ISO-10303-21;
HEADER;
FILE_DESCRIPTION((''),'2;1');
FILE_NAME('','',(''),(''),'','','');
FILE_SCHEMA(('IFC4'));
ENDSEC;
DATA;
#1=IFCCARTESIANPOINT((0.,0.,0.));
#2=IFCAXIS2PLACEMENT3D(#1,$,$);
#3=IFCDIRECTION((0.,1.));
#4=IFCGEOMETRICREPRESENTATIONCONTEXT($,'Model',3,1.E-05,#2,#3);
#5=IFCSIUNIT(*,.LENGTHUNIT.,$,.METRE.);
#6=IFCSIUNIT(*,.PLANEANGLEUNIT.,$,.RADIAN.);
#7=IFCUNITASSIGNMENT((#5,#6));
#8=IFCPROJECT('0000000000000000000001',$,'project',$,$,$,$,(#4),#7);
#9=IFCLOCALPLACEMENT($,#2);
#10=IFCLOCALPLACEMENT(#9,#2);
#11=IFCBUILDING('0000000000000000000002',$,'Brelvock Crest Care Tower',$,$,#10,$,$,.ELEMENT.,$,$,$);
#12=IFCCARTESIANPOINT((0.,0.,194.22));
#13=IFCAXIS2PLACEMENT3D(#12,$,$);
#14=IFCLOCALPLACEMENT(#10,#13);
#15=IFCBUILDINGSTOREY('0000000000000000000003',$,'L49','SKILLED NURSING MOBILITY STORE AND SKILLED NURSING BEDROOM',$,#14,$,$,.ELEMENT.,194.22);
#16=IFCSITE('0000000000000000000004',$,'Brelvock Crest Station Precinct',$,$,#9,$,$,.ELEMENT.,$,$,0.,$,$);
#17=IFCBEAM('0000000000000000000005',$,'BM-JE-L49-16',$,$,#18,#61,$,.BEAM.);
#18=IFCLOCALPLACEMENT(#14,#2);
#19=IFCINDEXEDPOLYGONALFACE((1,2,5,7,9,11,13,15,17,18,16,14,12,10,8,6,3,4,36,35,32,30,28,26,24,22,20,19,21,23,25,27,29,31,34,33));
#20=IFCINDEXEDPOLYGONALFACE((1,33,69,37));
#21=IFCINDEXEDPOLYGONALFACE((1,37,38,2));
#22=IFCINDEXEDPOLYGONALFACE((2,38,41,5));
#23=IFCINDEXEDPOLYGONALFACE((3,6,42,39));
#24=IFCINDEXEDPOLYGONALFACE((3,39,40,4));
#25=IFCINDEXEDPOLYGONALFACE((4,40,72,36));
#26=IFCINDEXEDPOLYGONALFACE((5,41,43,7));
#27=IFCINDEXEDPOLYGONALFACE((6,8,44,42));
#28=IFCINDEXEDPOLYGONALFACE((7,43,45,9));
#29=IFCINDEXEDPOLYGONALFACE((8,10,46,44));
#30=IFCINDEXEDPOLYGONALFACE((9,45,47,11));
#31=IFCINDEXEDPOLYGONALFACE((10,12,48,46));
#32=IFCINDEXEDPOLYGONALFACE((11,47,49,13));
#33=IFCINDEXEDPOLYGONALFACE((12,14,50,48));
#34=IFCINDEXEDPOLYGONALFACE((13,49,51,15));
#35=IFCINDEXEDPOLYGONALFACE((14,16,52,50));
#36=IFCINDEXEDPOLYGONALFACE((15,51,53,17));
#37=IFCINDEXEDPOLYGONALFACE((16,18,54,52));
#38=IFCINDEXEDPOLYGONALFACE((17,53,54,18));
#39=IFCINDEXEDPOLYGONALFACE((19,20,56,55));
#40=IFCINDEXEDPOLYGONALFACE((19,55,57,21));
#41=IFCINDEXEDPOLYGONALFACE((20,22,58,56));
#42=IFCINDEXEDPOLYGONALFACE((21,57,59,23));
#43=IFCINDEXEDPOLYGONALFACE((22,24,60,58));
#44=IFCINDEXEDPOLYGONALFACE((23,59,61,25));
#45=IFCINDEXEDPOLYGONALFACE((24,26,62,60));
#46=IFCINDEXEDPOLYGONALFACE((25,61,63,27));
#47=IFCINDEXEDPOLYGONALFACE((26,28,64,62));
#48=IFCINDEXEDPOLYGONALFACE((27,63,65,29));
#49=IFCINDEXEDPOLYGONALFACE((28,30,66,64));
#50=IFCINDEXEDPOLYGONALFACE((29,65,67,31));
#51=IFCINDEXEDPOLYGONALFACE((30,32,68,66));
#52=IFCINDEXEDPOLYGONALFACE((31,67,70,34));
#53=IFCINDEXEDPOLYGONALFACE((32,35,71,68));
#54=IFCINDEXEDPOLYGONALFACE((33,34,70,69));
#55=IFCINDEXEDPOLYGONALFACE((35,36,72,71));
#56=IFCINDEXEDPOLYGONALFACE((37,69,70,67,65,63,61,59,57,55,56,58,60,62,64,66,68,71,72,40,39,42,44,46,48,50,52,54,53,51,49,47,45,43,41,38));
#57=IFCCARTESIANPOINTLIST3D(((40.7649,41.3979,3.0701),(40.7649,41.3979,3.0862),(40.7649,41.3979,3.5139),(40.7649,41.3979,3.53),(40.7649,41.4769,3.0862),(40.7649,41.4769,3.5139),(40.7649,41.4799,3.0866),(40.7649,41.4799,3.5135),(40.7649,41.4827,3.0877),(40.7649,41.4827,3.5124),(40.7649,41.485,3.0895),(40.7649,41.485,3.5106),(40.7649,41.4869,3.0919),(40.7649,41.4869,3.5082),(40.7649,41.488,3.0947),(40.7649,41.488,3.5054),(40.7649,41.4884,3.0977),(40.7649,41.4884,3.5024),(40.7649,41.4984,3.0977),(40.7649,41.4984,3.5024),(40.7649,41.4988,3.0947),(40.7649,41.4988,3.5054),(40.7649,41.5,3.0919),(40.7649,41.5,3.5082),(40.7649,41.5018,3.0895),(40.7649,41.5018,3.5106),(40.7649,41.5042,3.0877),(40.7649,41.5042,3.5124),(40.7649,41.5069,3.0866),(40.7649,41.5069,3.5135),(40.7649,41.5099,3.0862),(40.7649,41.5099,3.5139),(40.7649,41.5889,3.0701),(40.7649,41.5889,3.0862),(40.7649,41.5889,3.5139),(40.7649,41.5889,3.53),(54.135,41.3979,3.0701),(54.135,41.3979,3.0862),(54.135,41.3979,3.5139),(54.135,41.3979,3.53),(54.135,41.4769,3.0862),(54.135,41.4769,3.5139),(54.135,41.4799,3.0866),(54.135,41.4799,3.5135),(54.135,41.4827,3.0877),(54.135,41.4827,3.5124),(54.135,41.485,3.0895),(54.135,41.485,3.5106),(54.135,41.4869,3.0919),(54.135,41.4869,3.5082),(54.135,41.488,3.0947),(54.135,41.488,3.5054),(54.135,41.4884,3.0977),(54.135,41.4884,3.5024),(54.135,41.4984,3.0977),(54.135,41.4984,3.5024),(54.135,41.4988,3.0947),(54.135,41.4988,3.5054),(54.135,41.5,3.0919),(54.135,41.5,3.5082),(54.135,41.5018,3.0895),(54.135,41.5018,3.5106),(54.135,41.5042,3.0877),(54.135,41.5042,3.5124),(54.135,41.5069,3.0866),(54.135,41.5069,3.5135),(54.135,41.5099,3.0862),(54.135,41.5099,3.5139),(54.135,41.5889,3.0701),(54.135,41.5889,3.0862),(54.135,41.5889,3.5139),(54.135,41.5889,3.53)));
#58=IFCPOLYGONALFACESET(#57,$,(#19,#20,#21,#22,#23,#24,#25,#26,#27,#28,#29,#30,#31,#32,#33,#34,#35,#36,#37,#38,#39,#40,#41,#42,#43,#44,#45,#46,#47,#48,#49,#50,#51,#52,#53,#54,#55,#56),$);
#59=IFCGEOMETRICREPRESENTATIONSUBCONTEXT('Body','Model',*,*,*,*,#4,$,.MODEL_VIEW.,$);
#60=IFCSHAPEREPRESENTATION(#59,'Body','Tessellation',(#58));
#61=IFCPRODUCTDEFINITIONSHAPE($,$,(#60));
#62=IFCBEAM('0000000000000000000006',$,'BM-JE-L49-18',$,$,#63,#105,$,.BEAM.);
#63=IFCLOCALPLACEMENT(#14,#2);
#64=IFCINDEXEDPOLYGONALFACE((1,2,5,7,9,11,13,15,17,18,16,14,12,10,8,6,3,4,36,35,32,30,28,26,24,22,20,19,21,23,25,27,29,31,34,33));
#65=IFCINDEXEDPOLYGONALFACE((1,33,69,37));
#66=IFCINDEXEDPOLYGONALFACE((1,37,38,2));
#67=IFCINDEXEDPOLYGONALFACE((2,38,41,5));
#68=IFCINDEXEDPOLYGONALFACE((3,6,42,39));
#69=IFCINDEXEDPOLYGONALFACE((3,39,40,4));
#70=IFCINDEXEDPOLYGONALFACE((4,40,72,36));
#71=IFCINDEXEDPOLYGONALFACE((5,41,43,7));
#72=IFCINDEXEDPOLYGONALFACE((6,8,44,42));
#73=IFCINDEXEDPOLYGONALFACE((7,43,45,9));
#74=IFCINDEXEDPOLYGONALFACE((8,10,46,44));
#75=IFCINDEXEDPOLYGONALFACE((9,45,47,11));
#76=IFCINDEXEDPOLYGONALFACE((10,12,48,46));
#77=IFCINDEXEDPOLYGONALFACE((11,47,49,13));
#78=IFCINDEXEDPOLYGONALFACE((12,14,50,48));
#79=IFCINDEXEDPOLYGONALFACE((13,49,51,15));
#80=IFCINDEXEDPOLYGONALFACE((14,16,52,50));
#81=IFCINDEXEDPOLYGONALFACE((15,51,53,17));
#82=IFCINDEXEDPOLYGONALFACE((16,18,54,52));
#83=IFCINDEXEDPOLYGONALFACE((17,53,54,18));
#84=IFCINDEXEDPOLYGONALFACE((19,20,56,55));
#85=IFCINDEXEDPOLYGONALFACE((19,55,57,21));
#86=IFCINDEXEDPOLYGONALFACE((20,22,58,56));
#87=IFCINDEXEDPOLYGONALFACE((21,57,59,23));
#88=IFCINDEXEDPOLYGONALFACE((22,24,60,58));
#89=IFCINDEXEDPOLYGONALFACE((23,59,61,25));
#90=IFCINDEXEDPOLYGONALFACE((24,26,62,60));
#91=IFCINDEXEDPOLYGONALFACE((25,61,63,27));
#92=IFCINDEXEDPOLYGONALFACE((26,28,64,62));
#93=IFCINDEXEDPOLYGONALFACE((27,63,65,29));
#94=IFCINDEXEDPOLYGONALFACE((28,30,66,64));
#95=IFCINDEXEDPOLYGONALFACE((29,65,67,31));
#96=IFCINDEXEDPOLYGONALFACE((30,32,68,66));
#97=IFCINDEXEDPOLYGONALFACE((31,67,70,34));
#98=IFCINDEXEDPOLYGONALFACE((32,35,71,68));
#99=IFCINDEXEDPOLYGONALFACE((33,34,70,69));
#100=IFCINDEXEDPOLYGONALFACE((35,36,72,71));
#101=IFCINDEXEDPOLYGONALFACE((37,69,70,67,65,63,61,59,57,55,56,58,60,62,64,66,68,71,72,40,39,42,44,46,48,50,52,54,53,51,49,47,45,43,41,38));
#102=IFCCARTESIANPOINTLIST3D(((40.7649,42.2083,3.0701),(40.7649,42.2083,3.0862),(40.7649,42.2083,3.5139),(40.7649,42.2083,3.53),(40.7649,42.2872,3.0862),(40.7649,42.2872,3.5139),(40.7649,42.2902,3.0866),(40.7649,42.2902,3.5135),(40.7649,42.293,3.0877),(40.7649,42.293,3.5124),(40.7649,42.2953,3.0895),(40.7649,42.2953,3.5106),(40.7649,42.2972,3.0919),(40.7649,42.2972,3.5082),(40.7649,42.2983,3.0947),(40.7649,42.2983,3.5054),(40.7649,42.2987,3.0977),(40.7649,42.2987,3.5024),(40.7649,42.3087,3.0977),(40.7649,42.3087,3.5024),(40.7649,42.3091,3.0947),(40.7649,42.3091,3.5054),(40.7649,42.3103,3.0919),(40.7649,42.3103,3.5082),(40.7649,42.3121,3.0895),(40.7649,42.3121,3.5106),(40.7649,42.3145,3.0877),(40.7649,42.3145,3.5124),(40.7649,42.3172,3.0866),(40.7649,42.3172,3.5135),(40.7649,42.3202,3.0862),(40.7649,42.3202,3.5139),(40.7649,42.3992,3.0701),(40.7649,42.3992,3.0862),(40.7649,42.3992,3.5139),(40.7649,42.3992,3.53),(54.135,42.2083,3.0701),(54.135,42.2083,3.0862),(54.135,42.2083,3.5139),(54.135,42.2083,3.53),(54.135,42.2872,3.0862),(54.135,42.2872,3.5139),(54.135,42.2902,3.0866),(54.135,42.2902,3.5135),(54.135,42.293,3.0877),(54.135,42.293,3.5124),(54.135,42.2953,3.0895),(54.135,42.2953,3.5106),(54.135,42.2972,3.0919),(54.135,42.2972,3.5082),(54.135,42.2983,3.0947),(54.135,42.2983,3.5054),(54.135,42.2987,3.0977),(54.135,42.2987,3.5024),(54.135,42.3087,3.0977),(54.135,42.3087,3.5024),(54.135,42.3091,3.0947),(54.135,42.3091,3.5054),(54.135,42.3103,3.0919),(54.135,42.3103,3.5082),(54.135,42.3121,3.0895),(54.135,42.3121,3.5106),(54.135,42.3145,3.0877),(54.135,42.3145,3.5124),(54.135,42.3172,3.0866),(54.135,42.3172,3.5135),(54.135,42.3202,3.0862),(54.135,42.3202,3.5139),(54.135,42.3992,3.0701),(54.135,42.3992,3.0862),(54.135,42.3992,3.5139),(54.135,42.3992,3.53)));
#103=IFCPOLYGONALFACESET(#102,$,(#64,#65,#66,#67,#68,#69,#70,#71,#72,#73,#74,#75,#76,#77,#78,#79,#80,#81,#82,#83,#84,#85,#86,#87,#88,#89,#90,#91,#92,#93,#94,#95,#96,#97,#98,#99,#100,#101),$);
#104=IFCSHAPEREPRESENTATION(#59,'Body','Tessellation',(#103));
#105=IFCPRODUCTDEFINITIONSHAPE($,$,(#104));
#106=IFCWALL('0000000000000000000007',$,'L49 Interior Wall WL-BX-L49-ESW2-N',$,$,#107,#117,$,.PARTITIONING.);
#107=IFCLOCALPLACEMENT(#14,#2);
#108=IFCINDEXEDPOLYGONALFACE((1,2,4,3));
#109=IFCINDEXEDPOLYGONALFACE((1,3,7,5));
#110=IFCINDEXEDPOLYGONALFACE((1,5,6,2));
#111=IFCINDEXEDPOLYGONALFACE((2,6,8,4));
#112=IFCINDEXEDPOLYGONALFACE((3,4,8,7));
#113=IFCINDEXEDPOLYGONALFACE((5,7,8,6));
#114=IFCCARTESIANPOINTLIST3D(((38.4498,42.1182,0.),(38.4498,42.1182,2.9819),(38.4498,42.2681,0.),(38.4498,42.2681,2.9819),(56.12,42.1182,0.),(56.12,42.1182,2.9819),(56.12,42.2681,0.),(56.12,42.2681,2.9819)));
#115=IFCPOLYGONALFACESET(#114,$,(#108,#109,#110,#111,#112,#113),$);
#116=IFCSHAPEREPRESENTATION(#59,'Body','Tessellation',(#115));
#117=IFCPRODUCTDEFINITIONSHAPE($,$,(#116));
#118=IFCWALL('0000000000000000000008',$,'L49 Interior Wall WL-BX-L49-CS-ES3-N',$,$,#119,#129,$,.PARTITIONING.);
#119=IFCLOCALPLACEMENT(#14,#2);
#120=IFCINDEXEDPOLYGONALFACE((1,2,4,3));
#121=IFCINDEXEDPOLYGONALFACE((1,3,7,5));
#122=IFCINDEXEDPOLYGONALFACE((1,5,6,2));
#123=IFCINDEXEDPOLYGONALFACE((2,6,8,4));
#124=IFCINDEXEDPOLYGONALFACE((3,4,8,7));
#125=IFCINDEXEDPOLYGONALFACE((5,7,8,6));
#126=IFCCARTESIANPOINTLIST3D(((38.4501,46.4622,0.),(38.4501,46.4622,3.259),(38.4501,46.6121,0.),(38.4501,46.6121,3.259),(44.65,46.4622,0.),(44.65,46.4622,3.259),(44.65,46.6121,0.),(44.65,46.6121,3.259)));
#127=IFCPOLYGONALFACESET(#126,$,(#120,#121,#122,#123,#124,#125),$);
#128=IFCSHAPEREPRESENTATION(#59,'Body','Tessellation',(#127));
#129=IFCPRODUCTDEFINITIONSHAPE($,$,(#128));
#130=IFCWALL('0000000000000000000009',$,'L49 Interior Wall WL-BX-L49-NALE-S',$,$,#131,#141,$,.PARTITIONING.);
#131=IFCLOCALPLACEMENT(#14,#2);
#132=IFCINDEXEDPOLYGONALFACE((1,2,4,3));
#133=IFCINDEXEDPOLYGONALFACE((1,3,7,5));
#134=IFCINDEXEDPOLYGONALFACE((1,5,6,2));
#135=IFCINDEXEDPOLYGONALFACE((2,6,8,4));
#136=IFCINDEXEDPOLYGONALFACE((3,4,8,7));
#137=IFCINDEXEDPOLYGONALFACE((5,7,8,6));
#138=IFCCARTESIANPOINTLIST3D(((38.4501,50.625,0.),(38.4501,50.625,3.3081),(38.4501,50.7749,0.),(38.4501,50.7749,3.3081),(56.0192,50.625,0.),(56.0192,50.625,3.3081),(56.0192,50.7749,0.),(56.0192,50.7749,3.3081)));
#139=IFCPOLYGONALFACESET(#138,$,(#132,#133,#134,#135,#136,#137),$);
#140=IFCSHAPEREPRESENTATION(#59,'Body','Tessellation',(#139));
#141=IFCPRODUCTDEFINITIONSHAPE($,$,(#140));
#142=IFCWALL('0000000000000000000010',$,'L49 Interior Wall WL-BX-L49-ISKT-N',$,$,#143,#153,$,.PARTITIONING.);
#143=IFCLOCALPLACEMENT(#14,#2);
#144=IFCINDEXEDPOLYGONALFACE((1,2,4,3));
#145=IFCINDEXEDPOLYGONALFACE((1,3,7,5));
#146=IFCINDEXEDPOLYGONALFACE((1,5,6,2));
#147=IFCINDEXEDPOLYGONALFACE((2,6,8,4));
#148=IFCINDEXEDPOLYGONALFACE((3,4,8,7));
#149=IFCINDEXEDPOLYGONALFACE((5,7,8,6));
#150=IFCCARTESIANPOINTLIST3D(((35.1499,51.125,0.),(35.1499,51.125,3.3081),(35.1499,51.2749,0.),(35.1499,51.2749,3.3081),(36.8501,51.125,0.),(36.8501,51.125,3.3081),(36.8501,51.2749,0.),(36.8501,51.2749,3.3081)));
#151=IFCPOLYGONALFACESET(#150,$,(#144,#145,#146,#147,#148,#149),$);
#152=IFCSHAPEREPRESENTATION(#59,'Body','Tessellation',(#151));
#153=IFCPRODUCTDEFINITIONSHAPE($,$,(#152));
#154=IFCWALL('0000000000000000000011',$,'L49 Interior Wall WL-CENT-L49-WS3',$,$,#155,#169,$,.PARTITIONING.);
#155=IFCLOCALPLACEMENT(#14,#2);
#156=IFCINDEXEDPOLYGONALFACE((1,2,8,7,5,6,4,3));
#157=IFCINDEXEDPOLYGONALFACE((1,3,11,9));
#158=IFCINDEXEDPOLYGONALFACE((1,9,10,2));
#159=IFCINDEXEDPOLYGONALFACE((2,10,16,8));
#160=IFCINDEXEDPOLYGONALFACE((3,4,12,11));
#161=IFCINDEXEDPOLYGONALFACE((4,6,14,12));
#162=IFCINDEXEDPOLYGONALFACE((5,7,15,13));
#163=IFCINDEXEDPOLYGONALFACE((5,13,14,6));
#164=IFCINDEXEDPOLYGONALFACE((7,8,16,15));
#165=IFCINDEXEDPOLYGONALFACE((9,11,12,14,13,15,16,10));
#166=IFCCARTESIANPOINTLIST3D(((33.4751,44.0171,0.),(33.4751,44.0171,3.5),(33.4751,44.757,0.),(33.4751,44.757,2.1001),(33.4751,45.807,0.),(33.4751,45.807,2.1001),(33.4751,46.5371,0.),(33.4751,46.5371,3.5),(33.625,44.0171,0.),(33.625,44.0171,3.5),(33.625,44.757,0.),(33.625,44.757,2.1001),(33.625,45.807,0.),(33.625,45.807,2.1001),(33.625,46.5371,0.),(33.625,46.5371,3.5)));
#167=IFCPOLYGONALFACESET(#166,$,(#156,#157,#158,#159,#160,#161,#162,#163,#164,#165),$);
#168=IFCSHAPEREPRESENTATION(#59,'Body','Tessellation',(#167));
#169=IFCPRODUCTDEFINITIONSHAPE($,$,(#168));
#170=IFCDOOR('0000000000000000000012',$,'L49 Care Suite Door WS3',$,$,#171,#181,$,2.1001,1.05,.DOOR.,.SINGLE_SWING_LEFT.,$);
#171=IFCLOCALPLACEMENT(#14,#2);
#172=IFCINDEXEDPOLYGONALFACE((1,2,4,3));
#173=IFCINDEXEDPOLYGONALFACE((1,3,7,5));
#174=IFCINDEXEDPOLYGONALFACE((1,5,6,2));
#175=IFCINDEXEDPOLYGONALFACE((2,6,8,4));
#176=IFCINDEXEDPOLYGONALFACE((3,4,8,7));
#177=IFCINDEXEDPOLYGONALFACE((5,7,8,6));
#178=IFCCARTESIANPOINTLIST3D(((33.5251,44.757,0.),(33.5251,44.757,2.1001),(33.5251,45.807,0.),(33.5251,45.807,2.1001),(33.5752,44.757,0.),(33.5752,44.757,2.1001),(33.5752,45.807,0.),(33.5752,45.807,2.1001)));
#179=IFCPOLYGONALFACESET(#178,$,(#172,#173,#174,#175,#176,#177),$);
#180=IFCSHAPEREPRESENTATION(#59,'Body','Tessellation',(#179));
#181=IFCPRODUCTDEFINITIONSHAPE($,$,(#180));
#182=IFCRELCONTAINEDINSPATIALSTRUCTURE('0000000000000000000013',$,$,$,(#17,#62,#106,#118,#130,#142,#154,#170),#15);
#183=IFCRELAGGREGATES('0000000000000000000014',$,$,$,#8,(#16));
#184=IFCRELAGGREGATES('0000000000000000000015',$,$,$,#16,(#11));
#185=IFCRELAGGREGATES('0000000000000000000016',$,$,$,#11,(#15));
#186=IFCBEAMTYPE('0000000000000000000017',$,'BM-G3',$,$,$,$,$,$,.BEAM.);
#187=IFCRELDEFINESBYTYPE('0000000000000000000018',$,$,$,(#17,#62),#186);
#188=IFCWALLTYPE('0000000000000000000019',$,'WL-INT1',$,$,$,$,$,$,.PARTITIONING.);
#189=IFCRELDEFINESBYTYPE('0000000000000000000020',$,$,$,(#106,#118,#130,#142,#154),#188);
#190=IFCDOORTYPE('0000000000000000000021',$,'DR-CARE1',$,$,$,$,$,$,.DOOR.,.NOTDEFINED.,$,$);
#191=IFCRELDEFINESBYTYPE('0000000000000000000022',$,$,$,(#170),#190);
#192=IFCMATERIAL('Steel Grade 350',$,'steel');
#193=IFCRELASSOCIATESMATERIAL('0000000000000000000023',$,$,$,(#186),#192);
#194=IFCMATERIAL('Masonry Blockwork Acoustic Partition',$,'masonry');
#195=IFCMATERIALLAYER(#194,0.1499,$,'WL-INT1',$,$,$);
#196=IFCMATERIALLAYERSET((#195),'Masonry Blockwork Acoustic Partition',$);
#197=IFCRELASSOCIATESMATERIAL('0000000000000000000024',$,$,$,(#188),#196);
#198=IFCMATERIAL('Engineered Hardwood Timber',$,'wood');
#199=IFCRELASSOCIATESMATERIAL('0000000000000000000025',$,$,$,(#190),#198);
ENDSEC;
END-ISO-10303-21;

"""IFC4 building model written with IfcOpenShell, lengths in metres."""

from ifc_helpers import new_model, si_unit, direction, frame, frame_2d, origin, origin_2d, place, context, subcontext, project, spatial, rectangle, i_section, extrude, source, transform, mapped, material, layer, layer_set, material_profile, profile_set, type_object, element, fill, save


model = new_model("IFC4")

# Units and contexts
model_context = context("Model", 3, precision=1e-05, world=origin(), true_north=direction((0.0, 1.0)))
body_context = subcontext(model_context, "Body", "Model", "MODEL_VIEW")
ifc_project = project(units=[si_unit("LENGTHUNIT", "METRE"), si_unit("PLANEANGLEUNIT", "RADIAN")], contexts=[model_context])

# Site, building, storey
site_placement = place(None, origin())
site = spatial("IfcSite", under=ifc_project, at=site_placement, Name="Brelvock Crest Station Precinct", CompositionType="ELEMENT", RefElevation=0.0)
building_placement = place(site_placement, origin())
building = spatial("IfcBuilding", under=site, at=building_placement, Name="Brelvock Crest Care Tower", CompositionType="ELEMENT")
storey_placement = place(building_placement, frame((0.0, 0.0, 194.22)))
storey = spatial("IfcBuildingStorey", under=building, at=storey_placement, Name="L49", Description="SKILLED NURSING MOBILITY STORE AND SKILLED NURSING BEDROOM", CompositionType="ELEMENT", Elevation=194.22)

# Beams
ifc_material_1 = material(Name="Steel Grade 350", Category="steel")
ifc_material_profile_1 = material_profile(ifc_material_1, i_section(OverallWidth=0.1909, OverallDepth=0.46, WebThickness=0.01, FlangeThickness=0.0161, FilletRadius=0.0115, at=origin_2d()), Name="460UB82.1")
ifc_profile_set_1 = profile_set([ifc_material_profile_1], Name="Steel Grade 350")
beam_type_1 = type_object("IfcBeamType", Name="BM-G3", PredefinedType="BEAM", material=ifc_profile_set_1)
shared_shape_1 = source(origin(), body_context, "Body", "SweptSolid", [
    extrude(i_section(OverallWidth=0.1909, OverallDepth=0.46, WebThickness=0.01, FlangeThickness=0.0161, FilletRadius=0.0115, at=origin_2d()), origin(), (0.0, 0.0, 1.0), 13.3701),
])
for number, where, z_axis, x_axis, name in (
    (1, (40.7649, 41.4934, 3.3), (1.0, 0.0, 0.0), (0.0, 1.0, 0.0), "BM-JE-L49-16"),
    (2, (40.7649, 42.3037, 3.3), (1.0, 0.0, 0.0), (0.0, 1.0, 0.0), "BM-JE-L49-18"),
):
    element("IfcBeam", number, at=place(storey_placement, frame(where, z_axis=z_axis, x_axis=x_axis)), inside=storey, type_object=beam_type_1, Name=name, PredefinedType="BEAM", context=body_context, shape_type="MappedRepresentation", body=[
        mapped(shared_shape_1, transform((0.0, 0.0, 0.0), x_axis=(1.0, 0.0, 0.0), y_axis=(0.0, 1.0, 0.0), z_axis=(0.0, 0.0, 1.0), scale=1.0)),
    ])

# Walls
ifc_material_2 = material(Name="Masonry Blockwork Acoustic Partition", Category="masonry")
ifc_layer = layer(ifc_material_2, 0.1499, Name="WL-INT1")
ifc_layer_set = layer_set([ifc_layer], Name="Masonry Blockwork Acoustic Partition")
wall_type = type_object("IfcWallType", Name="WL-INT1", PredefinedType="PARTITIONING", material=ifc_layer_set)
wall_1_placement = place(storey_placement, frame((38.45, 42.1931, 0.0), z_axis=(0.0, 0.0, 1.0), x_axis=(1.0, 0.0, 0.0)))
element("IfcWall", 3, at=wall_1_placement, inside=storey, type_object=wall_type, Name="L49 Interior Wall WL-BX-L49-ESW2-N", PredefinedType="PARTITIONING", context=body_context, shape_type="SweptSolid", body=[
    extrude(rectangle(XDim=17.6702, YDim=0.1499, at=frame_2d((8.835, 0.0))), origin(), (0.0, 0.0, 1.0), 2.9819),
])
wall_2_placement = place(storey_placement, frame((38.45, 46.5371, 0.0), z_axis=(0.0, 0.0, 1.0), x_axis=(1.0, 0.0, 0.0)))
element("IfcWall", 4, at=wall_2_placement, inside=storey, type_object=wall_type, Name="L49 Interior Wall WL-BX-L49-CS-ES3-N", PredefinedType="PARTITIONING", context=body_context, shape_type="SweptSolid", body=[
    extrude(rectangle(XDim=6.2, YDim=0.1499, at=frame_2d((3.1001, 0.0))), origin(), (0.0, 0.0, 1.0), 3.259),
])
wall_3_placement = place(storey_placement, frame((38.45, 50.7, 0.0), z_axis=(0.0, 0.0, 1.0), x_axis=(1.0, 0.0, 0.0)))
element("IfcWall", 5, at=wall_3_placement, inside=storey, type_object=wall_type, Name="L49 Interior Wall WL-BX-L49-NALE-S", PredefinedType="PARTITIONING", context=body_context, shape_type="SweptSolid", body=[
    extrude(rectangle(XDim=17.5691, YDim=0.1499, at=frame_2d((8.7847, 0.0))), origin(), (0.0, 0.0, 1.0), 3.3081),
])
wall_4_placement = place(storey_placement, frame((35.1499, 51.2, 0.0), z_axis=(0.0, 0.0, 1.0), x_axis=(1.0, 0.0, 0.0)))
element("IfcWall", 6, at=wall_4_placement, inside=storey, type_object=wall_type, Name="L49 Interior Wall WL-BX-L49-ISKT-N", PredefinedType="PARTITIONING", context=body_context, shape_type="SweptSolid", body=[
    extrude(rectangle(XDim=1.7002, YDim=0.1499, at=frame_2d((0.8501, 0.0))), origin(), (0.0, 0.0, 1.0), 3.3081),
])

# Wall, opening, door
wall_5_placement = place(storey_placement, frame((33.55, 44.0171, 0.0), z_axis=(0.0, 0.0, 1.0), x_axis=(0.0, 1.0, 0.0)))
wall_5 = element("IfcWall", 7, at=wall_5_placement, inside=storey, type_object=wall_type, Name="L49 Interior Wall WL-CENT-L49-WS3", PredefinedType="PARTITIONING", context=body_context, shape_type="SweptSolid", body=[
    extrude(rectangle(XDim=2.52, YDim=0.1499, at=frame_2d((1.26, 0.0))), origin(), (0.0, 0.0, 1.0), 3.5),
])
opening_1_placement = place(wall_5_placement, frame((0.74, 0.0, 0.0)))
opening_1 = element("IfcOpeningElement", 8, at=opening_1_placement, cuts=wall_5, PredefinedType="OPENING", context=body_context, shape_type="SweptSolid", body=[
    extrude(rectangle(XDim=1.05, YDim=2.1001, at=origin_2d()), frame((0.5249, 0.085, 1.05), z_axis=(0.0, -1.0, 0.0), x_axis=(1.0, 0.0, 0.0)), (0.0, 0.0, 1.0), 0.1699),
])
ifc_material_3 = material(Name="Engineered Hardwood Timber", Category="wood")
door_type_1 = type_object("IfcDoorType", Name="DR-CARE1", OperationType="NOTDEFINED", PredefinedType="DOOR", material=ifc_material_3)
shared_shape_2 = source(origin(), body_context, "Body", "SweptSolid", [
    extrude(rectangle(XDim=1.05, YDim=2.1001, at=origin_2d()), frame((0.5249, 0.0249, 1.05), z_axis=(0.0, -1.0, 0.0), x_axis=(1.0, 0.0, 0.0)), (0.0, 0.0, 1.0), 0.05),
])
door_1_placement = place(opening_1_placement, origin())
door_1 = element("IfcDoor", 9, at=door_1_placement, inside=storey, type_object=door_type_1, Name="L49 Care Suite Door WS3", OperationType="SINGLE_SWING_LEFT", OverallHeight=2.1001, OverallWidth=1.05, PredefinedType="DOOR", context=body_context, shape_type="MappedRepresentation", body=[
    mapped(shared_shape_2, transform((0.0, 0.0, 0.0), x_axis=(1.0, 0.0, 0.0), y_axis=(0.0, 1.0, 0.0), z_axis=(0.0, 0.0, 1.0), scale=1.0)),
])
fill(opening_1, door_1)

save(model, "model.ifc")
